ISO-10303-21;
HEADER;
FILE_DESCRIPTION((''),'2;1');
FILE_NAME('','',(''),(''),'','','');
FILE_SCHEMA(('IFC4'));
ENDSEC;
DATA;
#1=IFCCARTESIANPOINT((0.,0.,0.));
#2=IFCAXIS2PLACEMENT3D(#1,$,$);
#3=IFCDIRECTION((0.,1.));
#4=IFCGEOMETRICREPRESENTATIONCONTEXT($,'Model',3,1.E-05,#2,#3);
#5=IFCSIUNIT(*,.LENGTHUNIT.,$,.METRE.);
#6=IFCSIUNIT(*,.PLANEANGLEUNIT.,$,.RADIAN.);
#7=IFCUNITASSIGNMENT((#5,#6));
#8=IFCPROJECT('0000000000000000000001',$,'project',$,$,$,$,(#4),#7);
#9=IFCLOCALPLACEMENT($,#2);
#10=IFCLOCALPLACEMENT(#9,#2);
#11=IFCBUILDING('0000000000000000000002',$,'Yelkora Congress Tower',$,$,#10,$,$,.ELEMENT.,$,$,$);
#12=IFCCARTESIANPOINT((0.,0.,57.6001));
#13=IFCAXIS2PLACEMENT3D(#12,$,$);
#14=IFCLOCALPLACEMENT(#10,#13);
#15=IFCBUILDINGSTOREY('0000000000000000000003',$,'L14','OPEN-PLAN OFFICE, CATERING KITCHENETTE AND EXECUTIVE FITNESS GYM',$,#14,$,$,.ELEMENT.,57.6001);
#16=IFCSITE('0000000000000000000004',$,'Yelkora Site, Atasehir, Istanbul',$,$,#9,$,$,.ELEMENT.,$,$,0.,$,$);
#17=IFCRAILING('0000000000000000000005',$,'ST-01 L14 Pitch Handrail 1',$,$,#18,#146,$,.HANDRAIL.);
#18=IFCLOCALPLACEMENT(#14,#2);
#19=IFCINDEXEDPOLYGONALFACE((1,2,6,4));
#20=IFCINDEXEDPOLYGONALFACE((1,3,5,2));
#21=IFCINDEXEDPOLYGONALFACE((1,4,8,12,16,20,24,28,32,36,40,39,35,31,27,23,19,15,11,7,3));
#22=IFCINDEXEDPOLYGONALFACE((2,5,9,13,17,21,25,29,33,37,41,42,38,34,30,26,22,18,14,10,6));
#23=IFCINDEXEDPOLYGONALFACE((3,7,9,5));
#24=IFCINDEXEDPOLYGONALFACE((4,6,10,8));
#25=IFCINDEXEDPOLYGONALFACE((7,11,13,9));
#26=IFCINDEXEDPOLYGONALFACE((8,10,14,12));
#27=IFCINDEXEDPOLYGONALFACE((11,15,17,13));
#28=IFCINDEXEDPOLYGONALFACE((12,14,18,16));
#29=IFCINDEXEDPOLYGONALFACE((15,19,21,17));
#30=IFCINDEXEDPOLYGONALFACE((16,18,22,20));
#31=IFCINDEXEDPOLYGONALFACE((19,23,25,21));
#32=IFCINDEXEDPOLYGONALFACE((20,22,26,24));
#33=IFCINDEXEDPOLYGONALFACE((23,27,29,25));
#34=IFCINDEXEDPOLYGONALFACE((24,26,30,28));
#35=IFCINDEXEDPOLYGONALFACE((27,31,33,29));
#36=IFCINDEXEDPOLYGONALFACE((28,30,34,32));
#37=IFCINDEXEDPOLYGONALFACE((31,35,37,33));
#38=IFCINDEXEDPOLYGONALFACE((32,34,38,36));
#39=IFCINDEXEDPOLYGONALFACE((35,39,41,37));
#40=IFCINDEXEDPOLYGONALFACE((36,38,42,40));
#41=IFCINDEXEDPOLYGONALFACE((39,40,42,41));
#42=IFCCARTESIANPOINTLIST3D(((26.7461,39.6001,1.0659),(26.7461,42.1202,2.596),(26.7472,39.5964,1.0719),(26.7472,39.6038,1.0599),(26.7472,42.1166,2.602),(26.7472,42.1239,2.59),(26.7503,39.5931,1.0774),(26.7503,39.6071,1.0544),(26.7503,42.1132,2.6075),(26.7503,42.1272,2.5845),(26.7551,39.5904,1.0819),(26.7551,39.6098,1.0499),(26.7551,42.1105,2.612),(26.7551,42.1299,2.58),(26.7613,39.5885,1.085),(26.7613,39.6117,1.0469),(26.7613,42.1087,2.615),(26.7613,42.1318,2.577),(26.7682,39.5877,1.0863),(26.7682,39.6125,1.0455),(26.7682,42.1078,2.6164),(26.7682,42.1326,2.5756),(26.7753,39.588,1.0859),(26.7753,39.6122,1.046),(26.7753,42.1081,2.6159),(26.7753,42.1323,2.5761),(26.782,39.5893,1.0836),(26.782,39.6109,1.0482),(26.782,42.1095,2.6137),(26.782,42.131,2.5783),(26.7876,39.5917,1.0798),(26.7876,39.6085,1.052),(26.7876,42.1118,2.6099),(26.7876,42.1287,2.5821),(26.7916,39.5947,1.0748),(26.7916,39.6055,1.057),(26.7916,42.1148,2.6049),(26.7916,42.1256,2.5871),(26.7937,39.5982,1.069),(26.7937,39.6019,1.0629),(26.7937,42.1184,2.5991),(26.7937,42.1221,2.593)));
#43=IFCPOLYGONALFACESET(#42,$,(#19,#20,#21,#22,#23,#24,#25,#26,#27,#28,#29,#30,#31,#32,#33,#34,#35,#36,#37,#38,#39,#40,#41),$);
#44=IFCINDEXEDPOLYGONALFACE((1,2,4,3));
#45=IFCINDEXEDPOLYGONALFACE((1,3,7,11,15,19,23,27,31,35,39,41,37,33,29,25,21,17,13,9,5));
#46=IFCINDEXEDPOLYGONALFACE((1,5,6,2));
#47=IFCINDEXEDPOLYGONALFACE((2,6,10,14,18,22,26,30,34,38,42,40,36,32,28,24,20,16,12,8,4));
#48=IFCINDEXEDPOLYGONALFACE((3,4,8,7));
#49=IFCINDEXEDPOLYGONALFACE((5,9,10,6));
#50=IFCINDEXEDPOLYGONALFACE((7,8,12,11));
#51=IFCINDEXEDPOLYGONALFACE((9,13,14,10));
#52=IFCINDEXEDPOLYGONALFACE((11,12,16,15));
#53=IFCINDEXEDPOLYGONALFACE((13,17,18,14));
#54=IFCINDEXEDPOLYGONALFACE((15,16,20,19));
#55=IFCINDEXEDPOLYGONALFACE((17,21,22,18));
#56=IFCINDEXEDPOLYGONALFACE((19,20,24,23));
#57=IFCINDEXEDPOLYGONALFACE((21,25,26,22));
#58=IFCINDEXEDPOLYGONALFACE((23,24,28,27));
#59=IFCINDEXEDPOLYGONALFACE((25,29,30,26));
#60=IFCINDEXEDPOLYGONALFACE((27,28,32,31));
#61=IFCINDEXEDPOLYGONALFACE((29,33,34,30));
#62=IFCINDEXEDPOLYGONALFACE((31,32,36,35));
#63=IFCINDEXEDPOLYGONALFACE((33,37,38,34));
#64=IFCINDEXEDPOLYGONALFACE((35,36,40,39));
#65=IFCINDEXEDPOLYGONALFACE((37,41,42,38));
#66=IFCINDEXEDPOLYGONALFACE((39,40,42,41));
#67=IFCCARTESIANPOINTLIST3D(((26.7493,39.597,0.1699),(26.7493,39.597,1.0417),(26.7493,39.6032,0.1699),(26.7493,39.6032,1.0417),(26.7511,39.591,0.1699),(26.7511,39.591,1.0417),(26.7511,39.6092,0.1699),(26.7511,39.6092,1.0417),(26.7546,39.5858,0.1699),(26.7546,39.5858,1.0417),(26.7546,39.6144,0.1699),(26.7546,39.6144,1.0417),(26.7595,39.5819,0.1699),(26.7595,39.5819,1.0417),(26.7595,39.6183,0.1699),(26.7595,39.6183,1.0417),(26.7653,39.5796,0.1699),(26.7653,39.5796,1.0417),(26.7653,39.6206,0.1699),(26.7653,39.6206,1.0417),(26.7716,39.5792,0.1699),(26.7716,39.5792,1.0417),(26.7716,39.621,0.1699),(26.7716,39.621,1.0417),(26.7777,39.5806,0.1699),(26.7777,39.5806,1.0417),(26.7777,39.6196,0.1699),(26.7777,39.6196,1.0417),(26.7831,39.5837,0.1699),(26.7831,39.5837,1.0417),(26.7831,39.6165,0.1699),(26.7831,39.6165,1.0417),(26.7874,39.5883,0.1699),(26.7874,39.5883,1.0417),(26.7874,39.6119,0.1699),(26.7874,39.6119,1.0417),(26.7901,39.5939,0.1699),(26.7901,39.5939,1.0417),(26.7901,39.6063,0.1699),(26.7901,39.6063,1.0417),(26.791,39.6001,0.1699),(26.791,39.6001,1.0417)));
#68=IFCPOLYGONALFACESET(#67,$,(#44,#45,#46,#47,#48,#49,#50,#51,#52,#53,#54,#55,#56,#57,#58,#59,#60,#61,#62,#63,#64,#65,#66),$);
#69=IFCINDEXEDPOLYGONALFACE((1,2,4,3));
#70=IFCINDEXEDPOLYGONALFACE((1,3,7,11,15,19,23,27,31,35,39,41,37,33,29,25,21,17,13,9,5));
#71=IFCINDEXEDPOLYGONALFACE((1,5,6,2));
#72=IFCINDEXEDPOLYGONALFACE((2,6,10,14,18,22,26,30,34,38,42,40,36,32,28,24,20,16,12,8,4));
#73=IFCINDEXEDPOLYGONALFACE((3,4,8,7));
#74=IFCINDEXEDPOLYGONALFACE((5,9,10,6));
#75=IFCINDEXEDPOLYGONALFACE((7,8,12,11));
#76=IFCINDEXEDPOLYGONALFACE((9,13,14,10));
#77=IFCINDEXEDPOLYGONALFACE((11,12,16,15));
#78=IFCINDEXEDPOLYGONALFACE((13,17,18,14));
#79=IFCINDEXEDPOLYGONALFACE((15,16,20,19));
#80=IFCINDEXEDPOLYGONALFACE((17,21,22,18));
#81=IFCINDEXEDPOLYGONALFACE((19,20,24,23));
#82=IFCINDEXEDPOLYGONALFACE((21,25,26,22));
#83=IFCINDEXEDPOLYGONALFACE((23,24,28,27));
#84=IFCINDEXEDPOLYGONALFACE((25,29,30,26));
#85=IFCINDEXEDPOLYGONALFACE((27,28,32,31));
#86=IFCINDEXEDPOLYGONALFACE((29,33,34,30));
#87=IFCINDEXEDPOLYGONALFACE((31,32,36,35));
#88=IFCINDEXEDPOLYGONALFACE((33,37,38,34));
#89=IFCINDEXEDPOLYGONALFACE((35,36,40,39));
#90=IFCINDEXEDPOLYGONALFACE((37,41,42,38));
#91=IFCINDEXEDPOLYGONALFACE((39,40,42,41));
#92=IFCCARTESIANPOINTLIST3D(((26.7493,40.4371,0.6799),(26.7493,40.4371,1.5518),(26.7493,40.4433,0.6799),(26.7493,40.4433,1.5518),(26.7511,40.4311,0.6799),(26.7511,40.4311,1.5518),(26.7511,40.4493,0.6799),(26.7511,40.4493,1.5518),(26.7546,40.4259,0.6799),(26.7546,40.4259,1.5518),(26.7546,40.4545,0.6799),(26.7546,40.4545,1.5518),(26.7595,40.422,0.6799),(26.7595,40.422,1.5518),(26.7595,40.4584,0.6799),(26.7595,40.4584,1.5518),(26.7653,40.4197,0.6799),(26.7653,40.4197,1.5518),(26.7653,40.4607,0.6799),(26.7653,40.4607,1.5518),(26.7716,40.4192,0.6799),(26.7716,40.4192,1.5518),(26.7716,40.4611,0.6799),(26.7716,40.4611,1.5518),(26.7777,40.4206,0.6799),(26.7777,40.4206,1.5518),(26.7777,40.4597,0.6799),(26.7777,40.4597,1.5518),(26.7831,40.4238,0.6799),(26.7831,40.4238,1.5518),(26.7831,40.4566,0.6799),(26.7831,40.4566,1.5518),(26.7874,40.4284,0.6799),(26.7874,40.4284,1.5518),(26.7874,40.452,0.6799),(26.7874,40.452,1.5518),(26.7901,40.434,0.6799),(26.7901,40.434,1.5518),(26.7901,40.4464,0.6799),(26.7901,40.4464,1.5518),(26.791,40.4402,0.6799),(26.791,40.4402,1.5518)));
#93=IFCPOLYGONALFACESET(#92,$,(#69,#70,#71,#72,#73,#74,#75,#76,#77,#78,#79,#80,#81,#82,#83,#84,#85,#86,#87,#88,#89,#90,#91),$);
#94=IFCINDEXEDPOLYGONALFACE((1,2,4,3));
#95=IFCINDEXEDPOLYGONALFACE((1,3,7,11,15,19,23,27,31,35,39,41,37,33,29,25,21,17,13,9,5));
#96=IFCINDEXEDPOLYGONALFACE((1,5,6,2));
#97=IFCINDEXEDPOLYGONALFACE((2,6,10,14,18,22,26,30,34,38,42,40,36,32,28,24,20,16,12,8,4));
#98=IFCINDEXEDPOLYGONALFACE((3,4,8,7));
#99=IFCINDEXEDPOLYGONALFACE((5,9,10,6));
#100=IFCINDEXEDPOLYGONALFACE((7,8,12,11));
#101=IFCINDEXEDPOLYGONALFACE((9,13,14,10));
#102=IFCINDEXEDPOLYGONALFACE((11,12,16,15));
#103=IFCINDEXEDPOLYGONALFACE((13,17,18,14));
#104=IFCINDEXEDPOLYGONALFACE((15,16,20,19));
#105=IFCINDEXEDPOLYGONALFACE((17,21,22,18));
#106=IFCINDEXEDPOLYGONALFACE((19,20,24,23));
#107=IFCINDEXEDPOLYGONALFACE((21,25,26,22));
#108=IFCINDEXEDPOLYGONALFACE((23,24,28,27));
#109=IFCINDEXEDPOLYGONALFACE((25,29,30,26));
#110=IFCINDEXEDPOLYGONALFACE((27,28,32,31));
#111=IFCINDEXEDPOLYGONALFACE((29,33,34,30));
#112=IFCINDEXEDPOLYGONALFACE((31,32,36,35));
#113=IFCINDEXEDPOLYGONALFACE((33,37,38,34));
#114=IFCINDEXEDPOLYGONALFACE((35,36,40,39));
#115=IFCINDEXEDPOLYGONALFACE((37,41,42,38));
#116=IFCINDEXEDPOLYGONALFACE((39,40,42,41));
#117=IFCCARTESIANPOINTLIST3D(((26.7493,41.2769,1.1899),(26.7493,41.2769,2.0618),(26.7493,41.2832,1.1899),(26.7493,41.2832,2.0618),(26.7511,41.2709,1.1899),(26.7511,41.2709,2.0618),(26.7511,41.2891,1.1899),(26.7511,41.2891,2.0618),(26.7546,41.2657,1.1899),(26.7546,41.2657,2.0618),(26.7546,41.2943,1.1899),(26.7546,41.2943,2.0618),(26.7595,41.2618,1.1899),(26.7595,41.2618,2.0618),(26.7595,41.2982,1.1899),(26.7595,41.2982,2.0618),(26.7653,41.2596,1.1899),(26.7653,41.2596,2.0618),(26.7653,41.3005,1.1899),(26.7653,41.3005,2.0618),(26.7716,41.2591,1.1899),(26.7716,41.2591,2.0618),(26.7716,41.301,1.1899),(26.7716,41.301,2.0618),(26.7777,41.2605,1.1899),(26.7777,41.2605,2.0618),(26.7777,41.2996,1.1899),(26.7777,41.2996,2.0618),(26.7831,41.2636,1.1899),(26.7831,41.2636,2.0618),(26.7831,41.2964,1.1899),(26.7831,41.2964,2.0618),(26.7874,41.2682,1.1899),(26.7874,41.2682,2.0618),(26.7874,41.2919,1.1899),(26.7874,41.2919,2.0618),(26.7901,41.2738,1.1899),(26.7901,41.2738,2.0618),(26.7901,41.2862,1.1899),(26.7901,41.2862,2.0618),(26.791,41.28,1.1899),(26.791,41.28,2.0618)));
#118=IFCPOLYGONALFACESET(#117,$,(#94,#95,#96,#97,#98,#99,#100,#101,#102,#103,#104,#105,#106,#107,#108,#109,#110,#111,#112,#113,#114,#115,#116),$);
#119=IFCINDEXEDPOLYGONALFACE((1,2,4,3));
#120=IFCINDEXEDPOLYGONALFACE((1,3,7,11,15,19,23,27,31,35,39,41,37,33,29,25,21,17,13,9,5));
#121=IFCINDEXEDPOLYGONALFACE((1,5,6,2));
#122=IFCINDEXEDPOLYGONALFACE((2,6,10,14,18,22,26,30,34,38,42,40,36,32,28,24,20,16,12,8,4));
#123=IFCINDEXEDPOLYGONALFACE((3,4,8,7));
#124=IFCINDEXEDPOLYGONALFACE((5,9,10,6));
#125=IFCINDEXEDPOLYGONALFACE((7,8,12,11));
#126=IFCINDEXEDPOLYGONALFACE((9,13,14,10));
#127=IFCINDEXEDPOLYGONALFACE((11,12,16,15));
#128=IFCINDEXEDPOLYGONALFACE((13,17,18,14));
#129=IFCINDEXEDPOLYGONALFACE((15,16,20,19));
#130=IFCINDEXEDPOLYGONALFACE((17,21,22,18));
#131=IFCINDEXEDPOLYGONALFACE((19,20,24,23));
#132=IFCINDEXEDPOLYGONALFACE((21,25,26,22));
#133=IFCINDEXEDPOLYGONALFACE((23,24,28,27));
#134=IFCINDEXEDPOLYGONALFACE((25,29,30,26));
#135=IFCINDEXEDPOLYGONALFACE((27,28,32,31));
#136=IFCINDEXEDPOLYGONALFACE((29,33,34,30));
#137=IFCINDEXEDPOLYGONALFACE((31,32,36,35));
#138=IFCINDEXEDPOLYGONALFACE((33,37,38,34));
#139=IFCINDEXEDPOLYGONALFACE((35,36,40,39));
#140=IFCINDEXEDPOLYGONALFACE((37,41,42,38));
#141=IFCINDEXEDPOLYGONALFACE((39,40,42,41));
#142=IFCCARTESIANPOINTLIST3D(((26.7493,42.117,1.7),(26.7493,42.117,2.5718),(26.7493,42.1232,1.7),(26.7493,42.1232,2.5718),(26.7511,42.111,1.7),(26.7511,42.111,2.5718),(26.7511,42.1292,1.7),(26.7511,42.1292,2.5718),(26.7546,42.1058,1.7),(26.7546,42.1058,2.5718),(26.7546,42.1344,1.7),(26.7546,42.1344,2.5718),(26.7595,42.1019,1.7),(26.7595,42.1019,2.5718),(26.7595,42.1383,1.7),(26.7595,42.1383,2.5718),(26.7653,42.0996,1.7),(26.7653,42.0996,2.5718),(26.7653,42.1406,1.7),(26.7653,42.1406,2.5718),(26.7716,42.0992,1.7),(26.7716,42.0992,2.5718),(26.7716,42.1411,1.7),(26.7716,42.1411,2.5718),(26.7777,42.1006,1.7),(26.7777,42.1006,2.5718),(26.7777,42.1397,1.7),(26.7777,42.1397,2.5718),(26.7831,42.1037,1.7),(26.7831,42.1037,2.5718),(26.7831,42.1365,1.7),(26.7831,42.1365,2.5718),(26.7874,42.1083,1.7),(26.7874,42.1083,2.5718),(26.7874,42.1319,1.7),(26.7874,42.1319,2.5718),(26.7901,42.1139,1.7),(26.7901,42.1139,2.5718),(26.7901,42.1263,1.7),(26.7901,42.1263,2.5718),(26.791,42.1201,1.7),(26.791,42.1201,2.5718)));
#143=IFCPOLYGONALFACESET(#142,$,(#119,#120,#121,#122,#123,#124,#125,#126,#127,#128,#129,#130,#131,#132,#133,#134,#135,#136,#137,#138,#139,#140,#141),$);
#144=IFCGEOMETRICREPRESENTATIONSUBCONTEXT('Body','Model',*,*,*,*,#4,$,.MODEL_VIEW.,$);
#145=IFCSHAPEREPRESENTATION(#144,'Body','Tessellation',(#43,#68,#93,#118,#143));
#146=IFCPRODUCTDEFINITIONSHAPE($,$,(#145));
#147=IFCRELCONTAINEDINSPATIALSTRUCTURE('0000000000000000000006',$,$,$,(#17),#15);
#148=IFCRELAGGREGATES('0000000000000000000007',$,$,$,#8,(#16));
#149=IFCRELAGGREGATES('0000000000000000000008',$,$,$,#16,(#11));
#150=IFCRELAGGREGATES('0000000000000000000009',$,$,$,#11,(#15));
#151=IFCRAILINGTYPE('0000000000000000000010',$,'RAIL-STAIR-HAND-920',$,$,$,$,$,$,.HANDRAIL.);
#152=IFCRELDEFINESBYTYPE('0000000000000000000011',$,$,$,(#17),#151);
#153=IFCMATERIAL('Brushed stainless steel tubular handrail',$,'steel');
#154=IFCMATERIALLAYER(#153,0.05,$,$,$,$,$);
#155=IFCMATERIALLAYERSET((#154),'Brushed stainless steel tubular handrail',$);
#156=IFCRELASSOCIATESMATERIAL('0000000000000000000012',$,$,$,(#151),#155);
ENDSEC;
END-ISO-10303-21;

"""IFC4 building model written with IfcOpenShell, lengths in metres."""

from ifc_helpers import new_model, si_unit, direction, frame, origin, origin_2d, place, context, subcontext, project, spatial, circle, extrude, material, layer, layer_set, type_object, element, save


model = new_model("IFC4")

# Units and contexts
model_context = context("Model", 3, precision=1e-05, world=origin(), true_north=direction((0.0, 1.0)))
body_context = subcontext(model_context, "Body", "Model", "MODEL_VIEW")
ifc_project = project(units=[si_unit("LENGTHUNIT", "METRE"), si_unit("PLANEANGLEUNIT", "RADIAN")], contexts=[model_context])

# Site, building, storey
site_placement = place(None, origin())
site = spatial("IfcSite", under=ifc_project, at=site_placement, Name="Yelkora Site, Atasehir, Istanbul", CompositionType="ELEMENT", RefElevation=0.0)
building_placement = place(site_placement, origin())
building = spatial("IfcBuilding", under=site, at=building_placement, Name="Yelkora Congress Tower", CompositionType="ELEMENT")
storey_placement = place(building_placement, frame((0.0, 0.0, 57.6001)))
storey = spatial("IfcBuildingStorey", under=building, at=storey_placement, Name="L14", Description="OPEN-PLAN OFFICE, CATERING KITCHENETTE AND EXECUTIVE FITNESS GYM", CompositionType="ELEMENT", Elevation=57.6001)

# Railing
ifc_material_1 = material(Name="Brushed stainless steel tubular handrail", Category="steel")
ifc_layer_1 = layer(ifc_material_1, 0.05)
ifc_layer_set_1 = layer_set([ifc_layer_1], Name="Brushed stainless steel tubular handrail")
railing_type_1 = type_object("IfcRailingType", Name="RAIL-STAIR-HAND-920", PredefinedType="HANDRAIL", material=ifc_layer_set_1)
railing_1_placement = place(storey_placement, frame((26.77, 39.6001, 0.1699)))
element("IfcRailing", 1, at=railing_1_placement, inside=storey, type_object=railing_type_1, Name="ST-01 L14 Pitch Handrail 1", PredefinedType="HANDRAIL", context=body_context, shape_type="SweptSolid", body=[
    extrude(circle(Radius=0.0239, at=origin_2d()), frame((0.0, 0.0, 0.896), z_axis=(0.0, 0.854785, 0.518982), x_axis=(-1.0, 0.0, 0.0)), (0.0, 0.0, 1.0), 2.9482),
    extrude(circle(Radius=0.021, at=origin_2d()), origin(), (0.0, 0.0, 1.0), 0.8718),
    extrude(circle(Radius=0.021, at=origin_2d()), frame((0.0, 0.8401, 0.51)), (0.0, 0.0, 1.0), 0.8718),
    extrude(circle(Radius=0.021, at=origin_2d()), frame((0.0, 1.6799, 1.02)), (0.0, 0.0, 1.0), 0.8718),
    extrude(circle(Radius=0.021, at=origin_2d()), frame((0.0, 2.52, 1.53)), (0.0, 0.0, 1.0), 0.8718),
])

save(model, "model.ifc")
